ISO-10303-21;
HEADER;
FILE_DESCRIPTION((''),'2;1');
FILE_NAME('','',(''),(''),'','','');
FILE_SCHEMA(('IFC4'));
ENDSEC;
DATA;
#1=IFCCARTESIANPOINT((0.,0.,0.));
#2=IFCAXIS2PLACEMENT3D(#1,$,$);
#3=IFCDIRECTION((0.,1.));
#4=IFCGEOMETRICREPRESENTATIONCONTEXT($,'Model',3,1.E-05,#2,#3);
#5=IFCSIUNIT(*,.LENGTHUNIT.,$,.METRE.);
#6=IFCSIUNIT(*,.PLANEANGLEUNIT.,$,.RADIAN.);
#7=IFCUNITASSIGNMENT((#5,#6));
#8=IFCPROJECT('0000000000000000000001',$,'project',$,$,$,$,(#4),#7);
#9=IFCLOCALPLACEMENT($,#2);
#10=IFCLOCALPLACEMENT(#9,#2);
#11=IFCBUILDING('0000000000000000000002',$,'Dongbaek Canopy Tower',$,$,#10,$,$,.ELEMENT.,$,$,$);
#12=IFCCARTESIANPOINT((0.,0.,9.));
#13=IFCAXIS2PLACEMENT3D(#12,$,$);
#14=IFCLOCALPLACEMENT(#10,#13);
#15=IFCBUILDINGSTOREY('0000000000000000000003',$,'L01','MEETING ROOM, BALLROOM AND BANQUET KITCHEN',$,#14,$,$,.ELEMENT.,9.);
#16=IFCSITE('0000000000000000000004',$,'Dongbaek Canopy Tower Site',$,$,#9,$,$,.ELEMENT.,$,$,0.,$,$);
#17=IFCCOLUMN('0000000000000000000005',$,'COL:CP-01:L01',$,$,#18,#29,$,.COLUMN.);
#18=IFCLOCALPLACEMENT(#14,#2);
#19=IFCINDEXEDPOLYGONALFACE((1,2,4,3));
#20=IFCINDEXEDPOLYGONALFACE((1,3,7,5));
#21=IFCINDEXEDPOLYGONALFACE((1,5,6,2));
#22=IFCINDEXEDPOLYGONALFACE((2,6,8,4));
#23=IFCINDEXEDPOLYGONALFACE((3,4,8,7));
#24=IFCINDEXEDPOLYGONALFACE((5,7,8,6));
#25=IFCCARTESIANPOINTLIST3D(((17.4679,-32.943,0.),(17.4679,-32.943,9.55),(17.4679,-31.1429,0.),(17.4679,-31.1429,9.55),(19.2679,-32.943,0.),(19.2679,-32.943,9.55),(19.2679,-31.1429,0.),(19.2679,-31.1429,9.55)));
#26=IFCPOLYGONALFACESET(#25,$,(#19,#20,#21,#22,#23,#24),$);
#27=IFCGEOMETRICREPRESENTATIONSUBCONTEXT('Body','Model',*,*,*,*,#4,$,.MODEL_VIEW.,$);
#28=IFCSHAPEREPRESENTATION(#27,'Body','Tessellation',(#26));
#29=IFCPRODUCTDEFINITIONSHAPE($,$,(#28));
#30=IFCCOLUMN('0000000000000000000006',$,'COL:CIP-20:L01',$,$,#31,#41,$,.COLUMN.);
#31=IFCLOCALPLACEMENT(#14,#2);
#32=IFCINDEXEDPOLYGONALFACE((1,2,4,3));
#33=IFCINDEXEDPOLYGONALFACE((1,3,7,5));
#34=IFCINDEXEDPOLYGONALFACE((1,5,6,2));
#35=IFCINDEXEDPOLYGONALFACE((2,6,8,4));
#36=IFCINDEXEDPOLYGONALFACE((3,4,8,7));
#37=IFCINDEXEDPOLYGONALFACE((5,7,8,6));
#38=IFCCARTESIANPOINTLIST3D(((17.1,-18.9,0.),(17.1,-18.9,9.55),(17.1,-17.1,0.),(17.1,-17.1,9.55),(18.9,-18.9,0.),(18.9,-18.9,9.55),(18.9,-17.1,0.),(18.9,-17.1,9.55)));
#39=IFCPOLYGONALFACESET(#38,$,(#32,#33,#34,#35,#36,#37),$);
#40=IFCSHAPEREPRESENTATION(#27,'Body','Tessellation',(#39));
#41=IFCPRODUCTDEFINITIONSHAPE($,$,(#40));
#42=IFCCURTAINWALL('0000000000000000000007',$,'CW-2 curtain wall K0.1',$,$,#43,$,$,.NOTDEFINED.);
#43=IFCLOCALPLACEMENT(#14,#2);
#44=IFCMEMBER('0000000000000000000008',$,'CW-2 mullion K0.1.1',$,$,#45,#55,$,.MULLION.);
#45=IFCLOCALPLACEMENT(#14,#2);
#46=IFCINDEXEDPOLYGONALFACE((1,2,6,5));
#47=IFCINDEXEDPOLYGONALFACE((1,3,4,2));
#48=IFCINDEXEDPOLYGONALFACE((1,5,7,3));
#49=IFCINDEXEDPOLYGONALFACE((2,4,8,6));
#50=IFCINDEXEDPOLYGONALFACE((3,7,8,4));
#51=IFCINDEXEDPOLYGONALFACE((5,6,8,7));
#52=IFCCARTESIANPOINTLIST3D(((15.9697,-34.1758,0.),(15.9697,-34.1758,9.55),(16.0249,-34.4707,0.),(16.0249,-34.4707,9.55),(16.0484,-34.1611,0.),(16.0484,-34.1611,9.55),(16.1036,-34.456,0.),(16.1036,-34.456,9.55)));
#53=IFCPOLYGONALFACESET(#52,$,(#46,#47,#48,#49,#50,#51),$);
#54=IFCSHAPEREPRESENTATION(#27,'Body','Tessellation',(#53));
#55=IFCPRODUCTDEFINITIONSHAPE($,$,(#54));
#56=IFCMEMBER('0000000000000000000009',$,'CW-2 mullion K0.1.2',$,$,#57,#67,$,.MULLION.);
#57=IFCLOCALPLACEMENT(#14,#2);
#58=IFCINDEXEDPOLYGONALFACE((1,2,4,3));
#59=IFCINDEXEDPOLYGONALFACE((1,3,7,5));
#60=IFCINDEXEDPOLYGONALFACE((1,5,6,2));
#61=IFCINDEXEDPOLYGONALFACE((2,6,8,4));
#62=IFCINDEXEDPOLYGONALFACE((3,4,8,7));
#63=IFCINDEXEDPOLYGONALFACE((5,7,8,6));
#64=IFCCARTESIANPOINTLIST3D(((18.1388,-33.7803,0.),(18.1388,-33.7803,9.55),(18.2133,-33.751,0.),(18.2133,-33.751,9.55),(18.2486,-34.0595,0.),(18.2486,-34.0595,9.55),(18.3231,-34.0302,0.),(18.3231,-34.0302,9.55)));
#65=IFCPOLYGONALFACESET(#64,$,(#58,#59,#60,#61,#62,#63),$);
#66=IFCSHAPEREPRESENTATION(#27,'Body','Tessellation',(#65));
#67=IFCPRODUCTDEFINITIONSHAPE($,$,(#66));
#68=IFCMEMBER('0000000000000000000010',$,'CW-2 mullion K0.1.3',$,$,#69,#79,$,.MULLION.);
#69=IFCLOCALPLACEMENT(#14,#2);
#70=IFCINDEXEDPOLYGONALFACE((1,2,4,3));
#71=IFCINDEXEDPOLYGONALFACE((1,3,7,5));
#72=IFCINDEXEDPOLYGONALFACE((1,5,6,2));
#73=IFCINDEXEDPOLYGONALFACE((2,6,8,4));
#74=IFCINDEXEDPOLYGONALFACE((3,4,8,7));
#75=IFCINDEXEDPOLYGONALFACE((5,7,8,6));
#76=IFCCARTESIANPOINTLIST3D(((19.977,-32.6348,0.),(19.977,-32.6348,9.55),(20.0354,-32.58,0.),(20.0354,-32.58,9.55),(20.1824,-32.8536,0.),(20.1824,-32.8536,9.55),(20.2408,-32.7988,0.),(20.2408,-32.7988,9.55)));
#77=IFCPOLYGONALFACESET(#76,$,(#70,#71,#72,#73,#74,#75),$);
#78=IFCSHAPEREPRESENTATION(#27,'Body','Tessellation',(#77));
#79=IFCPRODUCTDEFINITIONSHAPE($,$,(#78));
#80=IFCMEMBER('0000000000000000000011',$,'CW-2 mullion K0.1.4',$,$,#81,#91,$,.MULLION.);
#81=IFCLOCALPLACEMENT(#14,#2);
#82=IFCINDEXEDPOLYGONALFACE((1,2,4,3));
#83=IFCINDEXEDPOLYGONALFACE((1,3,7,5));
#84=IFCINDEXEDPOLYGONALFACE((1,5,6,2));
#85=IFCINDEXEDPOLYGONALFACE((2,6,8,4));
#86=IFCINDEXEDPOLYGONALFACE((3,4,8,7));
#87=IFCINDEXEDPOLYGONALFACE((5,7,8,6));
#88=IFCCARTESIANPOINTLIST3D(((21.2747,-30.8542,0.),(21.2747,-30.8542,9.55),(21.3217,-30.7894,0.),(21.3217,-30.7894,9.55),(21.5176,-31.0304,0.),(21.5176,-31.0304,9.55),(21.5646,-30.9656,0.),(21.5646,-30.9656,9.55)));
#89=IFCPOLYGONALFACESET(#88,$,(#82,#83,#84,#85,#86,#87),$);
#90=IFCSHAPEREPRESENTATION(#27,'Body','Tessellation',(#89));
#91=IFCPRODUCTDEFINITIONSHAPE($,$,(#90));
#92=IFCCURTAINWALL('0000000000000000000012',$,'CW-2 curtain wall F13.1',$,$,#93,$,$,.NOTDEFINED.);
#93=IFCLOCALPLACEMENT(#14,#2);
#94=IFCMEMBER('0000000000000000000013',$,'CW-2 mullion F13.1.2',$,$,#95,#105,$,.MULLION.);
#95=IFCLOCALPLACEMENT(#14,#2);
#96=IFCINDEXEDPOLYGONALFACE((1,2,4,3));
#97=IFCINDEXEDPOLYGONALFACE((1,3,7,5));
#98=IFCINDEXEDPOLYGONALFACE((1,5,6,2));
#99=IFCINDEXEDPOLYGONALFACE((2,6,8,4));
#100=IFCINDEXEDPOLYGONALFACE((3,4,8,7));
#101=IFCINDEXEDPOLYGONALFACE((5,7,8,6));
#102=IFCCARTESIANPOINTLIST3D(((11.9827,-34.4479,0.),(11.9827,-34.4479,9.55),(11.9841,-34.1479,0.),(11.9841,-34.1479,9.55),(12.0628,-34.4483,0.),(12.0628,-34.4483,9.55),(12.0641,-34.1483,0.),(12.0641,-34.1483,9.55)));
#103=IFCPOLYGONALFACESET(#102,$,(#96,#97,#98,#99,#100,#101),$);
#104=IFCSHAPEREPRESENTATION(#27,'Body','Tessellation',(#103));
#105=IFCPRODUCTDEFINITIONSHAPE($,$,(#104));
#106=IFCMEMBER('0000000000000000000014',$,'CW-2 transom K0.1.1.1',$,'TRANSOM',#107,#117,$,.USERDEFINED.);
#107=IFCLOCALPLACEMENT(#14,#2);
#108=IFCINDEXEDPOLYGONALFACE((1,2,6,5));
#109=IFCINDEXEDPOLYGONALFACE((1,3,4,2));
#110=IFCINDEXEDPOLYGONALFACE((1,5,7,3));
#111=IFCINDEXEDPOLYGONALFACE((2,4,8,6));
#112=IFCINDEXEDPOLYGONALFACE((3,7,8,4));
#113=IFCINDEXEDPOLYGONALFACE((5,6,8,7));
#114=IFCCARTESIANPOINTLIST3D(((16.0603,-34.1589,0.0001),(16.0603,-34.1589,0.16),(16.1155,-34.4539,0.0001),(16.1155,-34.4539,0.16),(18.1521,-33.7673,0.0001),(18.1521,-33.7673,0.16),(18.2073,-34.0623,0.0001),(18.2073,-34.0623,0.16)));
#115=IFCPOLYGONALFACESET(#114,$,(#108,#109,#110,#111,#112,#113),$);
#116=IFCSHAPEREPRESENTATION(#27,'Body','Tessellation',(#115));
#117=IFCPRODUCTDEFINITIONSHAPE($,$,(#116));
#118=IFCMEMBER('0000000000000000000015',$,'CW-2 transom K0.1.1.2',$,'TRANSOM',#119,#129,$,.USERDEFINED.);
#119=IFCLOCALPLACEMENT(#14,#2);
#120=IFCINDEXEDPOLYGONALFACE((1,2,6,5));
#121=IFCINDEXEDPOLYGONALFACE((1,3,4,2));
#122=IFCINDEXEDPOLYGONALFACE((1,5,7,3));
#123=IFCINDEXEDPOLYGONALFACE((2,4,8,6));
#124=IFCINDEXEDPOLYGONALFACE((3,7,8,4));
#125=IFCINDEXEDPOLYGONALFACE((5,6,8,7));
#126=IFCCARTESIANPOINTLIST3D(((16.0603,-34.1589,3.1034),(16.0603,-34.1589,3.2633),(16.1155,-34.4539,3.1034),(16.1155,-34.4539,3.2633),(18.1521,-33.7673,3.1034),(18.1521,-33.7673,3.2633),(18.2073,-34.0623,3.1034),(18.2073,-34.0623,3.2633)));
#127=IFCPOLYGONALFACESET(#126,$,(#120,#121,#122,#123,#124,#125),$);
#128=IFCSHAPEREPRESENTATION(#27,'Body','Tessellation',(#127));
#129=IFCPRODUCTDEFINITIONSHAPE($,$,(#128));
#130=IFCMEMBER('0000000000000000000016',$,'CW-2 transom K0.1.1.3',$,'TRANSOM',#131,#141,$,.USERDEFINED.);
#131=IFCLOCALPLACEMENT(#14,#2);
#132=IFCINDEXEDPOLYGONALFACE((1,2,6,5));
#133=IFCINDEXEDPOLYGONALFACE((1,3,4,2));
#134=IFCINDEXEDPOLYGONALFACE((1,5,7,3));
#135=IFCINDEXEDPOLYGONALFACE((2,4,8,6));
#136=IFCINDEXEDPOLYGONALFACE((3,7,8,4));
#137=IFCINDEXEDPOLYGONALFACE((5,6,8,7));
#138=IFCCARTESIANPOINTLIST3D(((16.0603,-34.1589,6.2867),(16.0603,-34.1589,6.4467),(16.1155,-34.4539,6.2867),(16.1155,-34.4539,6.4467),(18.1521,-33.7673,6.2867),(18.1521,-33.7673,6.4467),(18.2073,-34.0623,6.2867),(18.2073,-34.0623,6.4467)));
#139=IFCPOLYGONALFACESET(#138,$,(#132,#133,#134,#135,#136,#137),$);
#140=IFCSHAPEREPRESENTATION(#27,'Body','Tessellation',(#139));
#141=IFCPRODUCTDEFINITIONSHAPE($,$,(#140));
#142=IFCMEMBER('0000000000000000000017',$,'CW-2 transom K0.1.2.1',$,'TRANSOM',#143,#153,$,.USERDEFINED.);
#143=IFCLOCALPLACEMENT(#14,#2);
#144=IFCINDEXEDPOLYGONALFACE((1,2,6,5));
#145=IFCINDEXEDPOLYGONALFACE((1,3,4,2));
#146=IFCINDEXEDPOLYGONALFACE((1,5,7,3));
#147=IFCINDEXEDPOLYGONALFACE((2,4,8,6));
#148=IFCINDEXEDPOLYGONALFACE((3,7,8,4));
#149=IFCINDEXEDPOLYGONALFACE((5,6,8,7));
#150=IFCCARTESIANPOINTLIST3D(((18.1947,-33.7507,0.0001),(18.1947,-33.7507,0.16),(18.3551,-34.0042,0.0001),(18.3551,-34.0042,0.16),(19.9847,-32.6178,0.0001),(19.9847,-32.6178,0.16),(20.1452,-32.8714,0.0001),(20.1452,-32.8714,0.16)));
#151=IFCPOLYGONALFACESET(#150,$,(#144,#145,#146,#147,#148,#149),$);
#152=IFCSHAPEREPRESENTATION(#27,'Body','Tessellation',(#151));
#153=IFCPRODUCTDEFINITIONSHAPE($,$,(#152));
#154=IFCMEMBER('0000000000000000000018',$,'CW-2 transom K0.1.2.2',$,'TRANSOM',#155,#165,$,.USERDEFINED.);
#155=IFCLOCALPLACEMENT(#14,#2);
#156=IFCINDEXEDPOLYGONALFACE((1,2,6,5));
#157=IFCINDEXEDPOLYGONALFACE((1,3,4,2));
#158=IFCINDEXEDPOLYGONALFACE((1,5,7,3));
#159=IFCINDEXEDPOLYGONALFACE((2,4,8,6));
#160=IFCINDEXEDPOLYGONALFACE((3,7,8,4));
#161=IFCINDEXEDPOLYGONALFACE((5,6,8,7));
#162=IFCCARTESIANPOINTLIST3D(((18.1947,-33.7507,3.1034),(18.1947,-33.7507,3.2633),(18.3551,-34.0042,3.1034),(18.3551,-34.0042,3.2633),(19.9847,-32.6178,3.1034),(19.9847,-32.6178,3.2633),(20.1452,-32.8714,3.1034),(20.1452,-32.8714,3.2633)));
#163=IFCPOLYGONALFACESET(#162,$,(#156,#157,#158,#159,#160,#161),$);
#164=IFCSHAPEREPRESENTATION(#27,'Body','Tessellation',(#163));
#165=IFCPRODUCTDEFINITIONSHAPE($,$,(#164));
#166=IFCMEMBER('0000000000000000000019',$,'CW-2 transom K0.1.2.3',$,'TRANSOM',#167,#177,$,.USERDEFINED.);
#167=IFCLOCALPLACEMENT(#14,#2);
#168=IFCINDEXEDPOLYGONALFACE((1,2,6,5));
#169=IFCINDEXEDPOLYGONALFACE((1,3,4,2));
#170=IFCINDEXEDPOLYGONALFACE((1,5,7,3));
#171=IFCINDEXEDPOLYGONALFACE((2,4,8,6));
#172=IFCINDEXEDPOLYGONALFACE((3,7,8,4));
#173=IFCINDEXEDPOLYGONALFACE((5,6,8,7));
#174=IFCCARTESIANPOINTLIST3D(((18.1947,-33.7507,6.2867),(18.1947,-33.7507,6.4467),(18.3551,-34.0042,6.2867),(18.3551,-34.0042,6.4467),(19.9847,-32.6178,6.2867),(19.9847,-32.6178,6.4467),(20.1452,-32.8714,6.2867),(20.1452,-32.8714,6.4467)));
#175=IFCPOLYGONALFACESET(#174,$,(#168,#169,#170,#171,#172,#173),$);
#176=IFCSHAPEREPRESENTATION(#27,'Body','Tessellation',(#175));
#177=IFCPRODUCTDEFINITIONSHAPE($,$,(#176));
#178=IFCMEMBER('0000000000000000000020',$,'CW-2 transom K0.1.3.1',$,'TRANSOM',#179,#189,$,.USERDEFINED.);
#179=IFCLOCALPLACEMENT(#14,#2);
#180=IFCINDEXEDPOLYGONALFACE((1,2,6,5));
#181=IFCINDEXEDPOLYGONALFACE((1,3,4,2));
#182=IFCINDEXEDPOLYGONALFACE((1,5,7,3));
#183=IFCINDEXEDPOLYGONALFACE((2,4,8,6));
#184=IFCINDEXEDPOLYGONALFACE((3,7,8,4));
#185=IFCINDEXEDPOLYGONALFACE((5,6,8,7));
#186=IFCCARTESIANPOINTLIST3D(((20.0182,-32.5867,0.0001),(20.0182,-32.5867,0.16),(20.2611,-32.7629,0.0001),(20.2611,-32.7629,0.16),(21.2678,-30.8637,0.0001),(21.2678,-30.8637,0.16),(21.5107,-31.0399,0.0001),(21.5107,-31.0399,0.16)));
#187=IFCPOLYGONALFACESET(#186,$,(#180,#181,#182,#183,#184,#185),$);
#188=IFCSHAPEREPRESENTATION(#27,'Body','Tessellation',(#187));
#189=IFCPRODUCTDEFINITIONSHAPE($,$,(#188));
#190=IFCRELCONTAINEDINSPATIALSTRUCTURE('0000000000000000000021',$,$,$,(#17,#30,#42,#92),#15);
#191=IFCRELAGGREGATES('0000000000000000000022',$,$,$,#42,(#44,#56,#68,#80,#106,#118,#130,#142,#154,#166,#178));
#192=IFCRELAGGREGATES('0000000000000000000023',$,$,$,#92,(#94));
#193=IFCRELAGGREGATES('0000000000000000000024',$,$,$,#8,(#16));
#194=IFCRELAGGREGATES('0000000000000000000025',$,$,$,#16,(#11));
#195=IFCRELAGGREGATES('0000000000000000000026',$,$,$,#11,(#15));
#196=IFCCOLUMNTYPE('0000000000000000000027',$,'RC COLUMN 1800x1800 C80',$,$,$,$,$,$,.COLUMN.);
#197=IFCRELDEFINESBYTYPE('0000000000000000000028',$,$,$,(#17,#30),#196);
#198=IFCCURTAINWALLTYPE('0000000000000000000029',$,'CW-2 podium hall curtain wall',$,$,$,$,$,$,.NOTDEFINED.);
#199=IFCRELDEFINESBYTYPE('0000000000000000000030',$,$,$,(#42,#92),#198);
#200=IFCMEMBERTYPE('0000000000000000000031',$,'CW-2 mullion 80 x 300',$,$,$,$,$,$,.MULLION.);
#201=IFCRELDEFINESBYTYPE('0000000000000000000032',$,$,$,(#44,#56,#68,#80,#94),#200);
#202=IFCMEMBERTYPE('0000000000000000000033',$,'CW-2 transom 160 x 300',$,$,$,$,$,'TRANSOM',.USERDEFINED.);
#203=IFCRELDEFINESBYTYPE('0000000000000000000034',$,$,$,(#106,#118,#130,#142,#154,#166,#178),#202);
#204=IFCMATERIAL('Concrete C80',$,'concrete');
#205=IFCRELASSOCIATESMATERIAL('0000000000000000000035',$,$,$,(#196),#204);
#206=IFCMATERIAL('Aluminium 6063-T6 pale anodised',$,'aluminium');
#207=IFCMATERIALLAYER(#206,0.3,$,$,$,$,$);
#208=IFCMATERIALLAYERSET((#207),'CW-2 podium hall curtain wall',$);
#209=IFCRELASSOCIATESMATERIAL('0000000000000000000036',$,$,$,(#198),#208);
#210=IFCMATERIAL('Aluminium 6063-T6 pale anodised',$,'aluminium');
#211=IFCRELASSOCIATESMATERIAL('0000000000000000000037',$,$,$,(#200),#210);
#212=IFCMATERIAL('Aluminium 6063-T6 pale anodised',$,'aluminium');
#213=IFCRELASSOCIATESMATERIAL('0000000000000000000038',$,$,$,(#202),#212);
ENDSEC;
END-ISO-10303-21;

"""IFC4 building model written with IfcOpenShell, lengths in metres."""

from ifc_helpers import new_model, si_unit, direction, frame, origin, origin_2d, place, context, subcontext, project, spatial, rectangle, extrude, material, layer, layer_set, material_profile, profile_set, type_object, element, aggregate, save


model = new_model("IFC4")

# Units and contexts
model_context = context("Model", 3, precision=1e-05, world=origin(), true_north=direction((0.0, 1.0)))
body_context = subcontext(model_context, "Body", "Model", "MODEL_VIEW")
ifc_project = project(units=[si_unit("LENGTHUNIT", "METRE"), si_unit("PLANEANGLEUNIT", "RADIAN")], contexts=[model_context])

# Site, building, storey
site_placement = place(None, origin())
site = spatial("IfcSite", under=ifc_project, at=site_placement, Name="Dongbaek Canopy Tower Site", CompositionType="ELEMENT", RefElevation=0.0)
building_placement = place(site_placement, origin())
building = spatial("IfcBuilding", under=site, at=building_placement, Name="Dongbaek Canopy Tower", CompositionType="ELEMENT")
storey_placement = place(building_placement, frame((0.0, 0.0, 9.0)))
storey = spatial("IfcBuildingStorey", under=building, at=storey_placement, Name="L01", Description="MEETING ROOM, BALLROOM AND BANQUET KITCHEN", CompositionType="ELEMENT", Elevation=9.0)

# Columns
ifc_material_1 = material(Name="Concrete C80", Category="concrete")
ifc_material_profile_1 = material_profile(ifc_material_1, rectangle(XDim=1.8, YDim=1.8, at=origin_2d()), Name="RC COLUMN 1800x1800 C80")
ifc_profile_set_1 = profile_set([ifc_material_profile_1], Name="Concrete C80")
column_type = type_object("IfcColumnType", Name="RC COLUMN 1800x1800 C80", PredefinedType="COLUMN", material=ifc_profile_set_1)
for number, where, z_axis, x_axis, name in (
    (1, (18.3679, -32.043, 0.0), (0.0, 0.0, 1.0), (1.0, 0.0, 0.0), "COL:CP-01:L01"),
    (2, (18.0, -18.0, 0.0), (0.0, 0.0, 1.0), (1.0, 0.0, 0.0), "COL:CIP-20:L01"),
):
    element("IfcColumn", number, at=place(storey_placement, frame(where, z_axis=z_axis, x_axis=x_axis)), inside=storey, type_object=column_type, Name=name, PredefinedType="COLUMN", context=body_context, shape_type="SweptSolid", body=[
        extrude(rectangle(XDim=1.8, YDim=1.8, at=origin_2d()), origin(), (0.0, 0.0, 1.0), 9.55),
    ])

# Curtain wall, members
ifc_material_2 = material(Name="Aluminium 6063-T6 pale anodised", Category="aluminium")
ifc_layer_1 = layer(ifc_material_2, 0.3)
ifc_layer_set_1 = layer_set([ifc_layer_1], Name="CW-2 podium hall curtain wall")
curtain_wall_type = type_object("IfcCurtainWallType", Name="CW-2 podium hall curtain wall", PredefinedType="NOTDEFINED", material=ifc_layer_set_1)
curtain_wall_1_placement = place(storey_placement, origin())
curtain_wall_1 = element("IfcCurtainWall", 3, at=curtain_wall_1_placement, inside=storey, type_object=curtain_wall_type, Name="CW-2 curtain wall K0.1", PredefinedType="NOTDEFINED")
ifc_material_3 = material(Name="Aluminium 6063-T6 pale anodised", Category="aluminium")
ifc_material_profile_2 = material_profile(ifc_material_3, rectangle(XDim=0.3, YDim=0.0801, at=origin_2d()), Name="CW-2 mullion 80 x 300")
ifc_profile_set_2 = profile_set([ifc_material_profile_2], Name="Aluminium 6063-T6 pale anodised")
member_type_1 = type_object("IfcMemberType", Name="CW-2 mullion 80 x 300", PredefinedType="MULLION", material=ifc_profile_set_2)
member_1_placement = place(storey_placement, frame((16.0366, -34.3159, 0.0), z_axis=(0.0, 0.0, 1.0), x_axis=(0.184024, -0.982922, 0.0)))
member_1 = element("IfcMember", 4, at=member_1_placement, type_object=member_type_1, Name="CW-2 mullion K0.1.1", PredefinedType="MULLION", context=body_context, shape_type="SweptSolid", body=[
    extrude(rectangle(XDim=0.3, YDim=0.0801, at=origin_2d()), origin(), (0.0, 0.0, 1.0), 9.55),
])
member_2_placement = place(storey_placement, frame((18.231, -33.9053, 0.0), z_axis=(0.0, 0.0, 1.0), x_axis=(0.365922, -0.930645, 0.0)))
member_2 = element("IfcMember", 5, at=member_2_placement, type_object=member_type_1, Name="CW-2 mullion K0.1.2", PredefinedType="MULLION", context=body_context, shape_type="SweptSolid", body=[
    extrude(rectangle(XDim=0.3, YDim=0.0801, at=origin_2d()), origin(), (0.0, 0.0, 1.0), 9.55),
])
member_3_placement = place(storey_placement, frame((20.1089, -32.7168, 0.0), z_axis=(0.0, 0.0, 1.0), x_axis=(0.684351, -0.729153, 0.0)))
member_3 = element("IfcMember", 6, at=member_3_placement, type_object=member_type_1, Name="CW-2 mullion K0.1.3", PredefinedType="MULLION", context=body_context, shape_type="SweptSolid", body=[
    extrude(rectangle(XDim=0.3, YDim=0.0801, at=origin_2d()), origin(), (0.0, 0.0, 1.0), 9.55),
])
member_4_placement = place(storey_placement, frame((21.4197, -30.9099, 0.0), z_axis=(0.0, 0.0, 1.0), x_axis=(0.809475, -0.587154, 0.0)))
member_4 = element("IfcMember", 7, at=member_4_placement, type_object=member_type_1, Name="CW-2 mullion K0.1.4", PredefinedType="MULLION", context=body_context, shape_type="SweptSolid", body=[
    extrude(rectangle(XDim=0.3, YDim=0.0801, at=origin_2d()), origin(), (0.0, 0.0, 1.0), 9.55),
])

# Curtain wall, member
curtain_wall_2_placement = place(storey_placement, origin())
curtain_wall_2 = element("IfcCurtainWall", 8, at=curtain_wall_2_placement, inside=storey, type_object=curtain_wall_type, Name="CW-2 curtain wall F13.1", PredefinedType="NOTDEFINED")
member_5_placement = place(storey_placement, frame((12.0234, -34.2981, 0.0), z_axis=(0.0, 0.0, 1.0), x_axis=(-0.004466, -0.99999, 0.0)))
member_5 = element("IfcMember", 9, at=member_5_placement, type_object=member_type_1, Name="CW-2 mullion F13.1.2", PredefinedType="MULLION", context=body_context, shape_type="SweptSolid", body=[
    extrude(rectangle(XDim=0.3, YDim=0.0801, at=origin_2d()), origin(), (0.0, 0.0, 1.0), 9.55),
])

# Members
ifc_material_4 = material(Name="Aluminium 6063-T6 pale anodised", Category="aluminium")
ifc_material_profile_3 = material_profile(ifc_material_4, rectangle(XDim=0.3, YDim=0.1599, at=origin_2d()), Name="CW-2 transom 160 x 300")
ifc_profile_set_3 = profile_set([ifc_material_profile_3], Name="Aluminium 6063-T6 pale anodised")
member_type_2 = type_object("IfcMemberType", Name="CW-2 transom 160 x 300", ElementType="TRANSOM", PredefinedType="USERDEFINED", material=ifc_profile_set_3)
member_6_placement = place(storey_placement, frame((16.0879, -34.3064, 0.0801), z_axis=(0.982924, 0.184011, 0.0), x_axis=(-0.184011, 0.982924, 0.0)))
member_6 = element("IfcMember", 10, at=member_6_placement, type_object=member_type_2, Name="CW-2 transom K0.1.1.1", ObjectType="TRANSOM", PredefinedType="USERDEFINED", context=body_context, shape_type="SweptSolid", body=[
    extrude(rectangle(XDim=0.3, YDim=0.1599, at=origin_2d()), origin(), (0.0, 0.0, 1.0), 2.1282),
])
member_7_placement = place(storey_placement, frame((16.0879, -34.3064, 3.1833), z_axis=(0.982924, 0.184011, 0.0), x_axis=(-0.184011, 0.982924, 0.0)))
member_7 = element("IfcMember", 11, at=member_7_placement, type_object=member_type_2, Name="CW-2 transom K0.1.1.2", ObjectType="TRANSOM", PredefinedType="USERDEFINED", context=body_context, shape_type="SweptSolid", body=[
    extrude(rectangle(XDim=0.3, YDim=0.1599, at=origin_2d()), origin(), (0.0, 0.0, 1.0), 2.1282),
])
member_8_placement = place(storey_placement, frame((16.0879, -34.3064, 6.3667), z_axis=(0.982924, 0.184011, 0.0), x_axis=(-0.184011, 0.982924, 0.0)))
member_8 = element("IfcMember", 12, at=member_8_placement, type_object=member_type_2, Name="CW-2 transom K0.1.1.3", ObjectType="TRANSOM", PredefinedType="USERDEFINED", context=body_context, shape_type="SweptSolid", body=[
    extrude(rectangle(XDim=0.3, YDim=0.1599, at=origin_2d()), origin(), (0.0, 0.0, 1.0), 2.1282),
])
member_9_placement = place(storey_placement, frame((18.2749, -33.8774, 0.0801), z_axis=(0.845007, 0.534756, 0.0), x_axis=(-0.534756, 0.845007, 0.0)))
member_9 = element("IfcMember", 13, at=member_9_placement, type_object=member_type_2, Name="CW-2 transom K0.1.2.1", ObjectType="TRANSOM", PredefinedType="USERDEFINED", context=body_context, shape_type="SweptSolid", body=[
    extrude(rectangle(XDim=0.3, YDim=0.1599, at=origin_2d()), origin(), (0.0, 0.0, 1.0), 2.1184),
])
member_10_placement = place(storey_placement, frame((18.2749, -33.8774, 3.1833), z_axis=(0.845007, 0.534756, 0.0), x_axis=(-0.534756, 0.845007, 0.0)))
member_10 = element("IfcMember", 14, at=member_10_placement, type_object=member_type_2, Name="CW-2 transom K0.1.2.2", ObjectType="TRANSOM", PredefinedType="USERDEFINED", context=body_context, shape_type="SweptSolid", body=[
    extrude(rectangle(XDim=0.3, YDim=0.1599, at=origin_2d()), origin(), (0.0, 0.0, 1.0), 2.1184),
])
member_11_placement = place(storey_placement, frame((18.2749, -33.8774, 6.3667), z_axis=(0.845007, 0.534756, 0.0), x_axis=(-0.534756, 0.845007, 0.0)))
member_11 = element("IfcMember", 15, at=member_11_placement, type_object=member_type_2, Name="CW-2 transom K0.1.2.3", ObjectType="TRANSOM", PredefinedType="USERDEFINED", context=body_context, shape_type="SweptSolid", body=[
    extrude(rectangle(XDim=0.3, YDim=0.1599, at=origin_2d()), origin(), (0.0, 0.0, 1.0), 2.1184),
])
member_12_placement = place(storey_placement, frame((20.1396, -32.6748, 0.0801), z_axis=(0.587094, 0.809519, 0.0), x_axis=(-0.809519, 0.587094, 0.0)))
member_12 = element("IfcMember", 16, at=member_12_placement, type_object=member_type_2, Name="CW-2 transom K0.1.3.1", ObjectType="TRANSOM", PredefinedType="USERDEFINED", context=body_context, shape_type="SweptSolid", body=[
    extrude(rectangle(XDim=0.3, YDim=0.1599, at=origin_2d()), origin(), (0.0, 0.0, 1.0), 2.1284),
])

aggregate(curtain_wall_1, [member_1, member_2, member_3, member_4, member_6, member_7, member_8, member_9, member_10, member_11, member_12])
aggregate(curtain_wall_2, [member_5])

save(model, "model.ifc")
